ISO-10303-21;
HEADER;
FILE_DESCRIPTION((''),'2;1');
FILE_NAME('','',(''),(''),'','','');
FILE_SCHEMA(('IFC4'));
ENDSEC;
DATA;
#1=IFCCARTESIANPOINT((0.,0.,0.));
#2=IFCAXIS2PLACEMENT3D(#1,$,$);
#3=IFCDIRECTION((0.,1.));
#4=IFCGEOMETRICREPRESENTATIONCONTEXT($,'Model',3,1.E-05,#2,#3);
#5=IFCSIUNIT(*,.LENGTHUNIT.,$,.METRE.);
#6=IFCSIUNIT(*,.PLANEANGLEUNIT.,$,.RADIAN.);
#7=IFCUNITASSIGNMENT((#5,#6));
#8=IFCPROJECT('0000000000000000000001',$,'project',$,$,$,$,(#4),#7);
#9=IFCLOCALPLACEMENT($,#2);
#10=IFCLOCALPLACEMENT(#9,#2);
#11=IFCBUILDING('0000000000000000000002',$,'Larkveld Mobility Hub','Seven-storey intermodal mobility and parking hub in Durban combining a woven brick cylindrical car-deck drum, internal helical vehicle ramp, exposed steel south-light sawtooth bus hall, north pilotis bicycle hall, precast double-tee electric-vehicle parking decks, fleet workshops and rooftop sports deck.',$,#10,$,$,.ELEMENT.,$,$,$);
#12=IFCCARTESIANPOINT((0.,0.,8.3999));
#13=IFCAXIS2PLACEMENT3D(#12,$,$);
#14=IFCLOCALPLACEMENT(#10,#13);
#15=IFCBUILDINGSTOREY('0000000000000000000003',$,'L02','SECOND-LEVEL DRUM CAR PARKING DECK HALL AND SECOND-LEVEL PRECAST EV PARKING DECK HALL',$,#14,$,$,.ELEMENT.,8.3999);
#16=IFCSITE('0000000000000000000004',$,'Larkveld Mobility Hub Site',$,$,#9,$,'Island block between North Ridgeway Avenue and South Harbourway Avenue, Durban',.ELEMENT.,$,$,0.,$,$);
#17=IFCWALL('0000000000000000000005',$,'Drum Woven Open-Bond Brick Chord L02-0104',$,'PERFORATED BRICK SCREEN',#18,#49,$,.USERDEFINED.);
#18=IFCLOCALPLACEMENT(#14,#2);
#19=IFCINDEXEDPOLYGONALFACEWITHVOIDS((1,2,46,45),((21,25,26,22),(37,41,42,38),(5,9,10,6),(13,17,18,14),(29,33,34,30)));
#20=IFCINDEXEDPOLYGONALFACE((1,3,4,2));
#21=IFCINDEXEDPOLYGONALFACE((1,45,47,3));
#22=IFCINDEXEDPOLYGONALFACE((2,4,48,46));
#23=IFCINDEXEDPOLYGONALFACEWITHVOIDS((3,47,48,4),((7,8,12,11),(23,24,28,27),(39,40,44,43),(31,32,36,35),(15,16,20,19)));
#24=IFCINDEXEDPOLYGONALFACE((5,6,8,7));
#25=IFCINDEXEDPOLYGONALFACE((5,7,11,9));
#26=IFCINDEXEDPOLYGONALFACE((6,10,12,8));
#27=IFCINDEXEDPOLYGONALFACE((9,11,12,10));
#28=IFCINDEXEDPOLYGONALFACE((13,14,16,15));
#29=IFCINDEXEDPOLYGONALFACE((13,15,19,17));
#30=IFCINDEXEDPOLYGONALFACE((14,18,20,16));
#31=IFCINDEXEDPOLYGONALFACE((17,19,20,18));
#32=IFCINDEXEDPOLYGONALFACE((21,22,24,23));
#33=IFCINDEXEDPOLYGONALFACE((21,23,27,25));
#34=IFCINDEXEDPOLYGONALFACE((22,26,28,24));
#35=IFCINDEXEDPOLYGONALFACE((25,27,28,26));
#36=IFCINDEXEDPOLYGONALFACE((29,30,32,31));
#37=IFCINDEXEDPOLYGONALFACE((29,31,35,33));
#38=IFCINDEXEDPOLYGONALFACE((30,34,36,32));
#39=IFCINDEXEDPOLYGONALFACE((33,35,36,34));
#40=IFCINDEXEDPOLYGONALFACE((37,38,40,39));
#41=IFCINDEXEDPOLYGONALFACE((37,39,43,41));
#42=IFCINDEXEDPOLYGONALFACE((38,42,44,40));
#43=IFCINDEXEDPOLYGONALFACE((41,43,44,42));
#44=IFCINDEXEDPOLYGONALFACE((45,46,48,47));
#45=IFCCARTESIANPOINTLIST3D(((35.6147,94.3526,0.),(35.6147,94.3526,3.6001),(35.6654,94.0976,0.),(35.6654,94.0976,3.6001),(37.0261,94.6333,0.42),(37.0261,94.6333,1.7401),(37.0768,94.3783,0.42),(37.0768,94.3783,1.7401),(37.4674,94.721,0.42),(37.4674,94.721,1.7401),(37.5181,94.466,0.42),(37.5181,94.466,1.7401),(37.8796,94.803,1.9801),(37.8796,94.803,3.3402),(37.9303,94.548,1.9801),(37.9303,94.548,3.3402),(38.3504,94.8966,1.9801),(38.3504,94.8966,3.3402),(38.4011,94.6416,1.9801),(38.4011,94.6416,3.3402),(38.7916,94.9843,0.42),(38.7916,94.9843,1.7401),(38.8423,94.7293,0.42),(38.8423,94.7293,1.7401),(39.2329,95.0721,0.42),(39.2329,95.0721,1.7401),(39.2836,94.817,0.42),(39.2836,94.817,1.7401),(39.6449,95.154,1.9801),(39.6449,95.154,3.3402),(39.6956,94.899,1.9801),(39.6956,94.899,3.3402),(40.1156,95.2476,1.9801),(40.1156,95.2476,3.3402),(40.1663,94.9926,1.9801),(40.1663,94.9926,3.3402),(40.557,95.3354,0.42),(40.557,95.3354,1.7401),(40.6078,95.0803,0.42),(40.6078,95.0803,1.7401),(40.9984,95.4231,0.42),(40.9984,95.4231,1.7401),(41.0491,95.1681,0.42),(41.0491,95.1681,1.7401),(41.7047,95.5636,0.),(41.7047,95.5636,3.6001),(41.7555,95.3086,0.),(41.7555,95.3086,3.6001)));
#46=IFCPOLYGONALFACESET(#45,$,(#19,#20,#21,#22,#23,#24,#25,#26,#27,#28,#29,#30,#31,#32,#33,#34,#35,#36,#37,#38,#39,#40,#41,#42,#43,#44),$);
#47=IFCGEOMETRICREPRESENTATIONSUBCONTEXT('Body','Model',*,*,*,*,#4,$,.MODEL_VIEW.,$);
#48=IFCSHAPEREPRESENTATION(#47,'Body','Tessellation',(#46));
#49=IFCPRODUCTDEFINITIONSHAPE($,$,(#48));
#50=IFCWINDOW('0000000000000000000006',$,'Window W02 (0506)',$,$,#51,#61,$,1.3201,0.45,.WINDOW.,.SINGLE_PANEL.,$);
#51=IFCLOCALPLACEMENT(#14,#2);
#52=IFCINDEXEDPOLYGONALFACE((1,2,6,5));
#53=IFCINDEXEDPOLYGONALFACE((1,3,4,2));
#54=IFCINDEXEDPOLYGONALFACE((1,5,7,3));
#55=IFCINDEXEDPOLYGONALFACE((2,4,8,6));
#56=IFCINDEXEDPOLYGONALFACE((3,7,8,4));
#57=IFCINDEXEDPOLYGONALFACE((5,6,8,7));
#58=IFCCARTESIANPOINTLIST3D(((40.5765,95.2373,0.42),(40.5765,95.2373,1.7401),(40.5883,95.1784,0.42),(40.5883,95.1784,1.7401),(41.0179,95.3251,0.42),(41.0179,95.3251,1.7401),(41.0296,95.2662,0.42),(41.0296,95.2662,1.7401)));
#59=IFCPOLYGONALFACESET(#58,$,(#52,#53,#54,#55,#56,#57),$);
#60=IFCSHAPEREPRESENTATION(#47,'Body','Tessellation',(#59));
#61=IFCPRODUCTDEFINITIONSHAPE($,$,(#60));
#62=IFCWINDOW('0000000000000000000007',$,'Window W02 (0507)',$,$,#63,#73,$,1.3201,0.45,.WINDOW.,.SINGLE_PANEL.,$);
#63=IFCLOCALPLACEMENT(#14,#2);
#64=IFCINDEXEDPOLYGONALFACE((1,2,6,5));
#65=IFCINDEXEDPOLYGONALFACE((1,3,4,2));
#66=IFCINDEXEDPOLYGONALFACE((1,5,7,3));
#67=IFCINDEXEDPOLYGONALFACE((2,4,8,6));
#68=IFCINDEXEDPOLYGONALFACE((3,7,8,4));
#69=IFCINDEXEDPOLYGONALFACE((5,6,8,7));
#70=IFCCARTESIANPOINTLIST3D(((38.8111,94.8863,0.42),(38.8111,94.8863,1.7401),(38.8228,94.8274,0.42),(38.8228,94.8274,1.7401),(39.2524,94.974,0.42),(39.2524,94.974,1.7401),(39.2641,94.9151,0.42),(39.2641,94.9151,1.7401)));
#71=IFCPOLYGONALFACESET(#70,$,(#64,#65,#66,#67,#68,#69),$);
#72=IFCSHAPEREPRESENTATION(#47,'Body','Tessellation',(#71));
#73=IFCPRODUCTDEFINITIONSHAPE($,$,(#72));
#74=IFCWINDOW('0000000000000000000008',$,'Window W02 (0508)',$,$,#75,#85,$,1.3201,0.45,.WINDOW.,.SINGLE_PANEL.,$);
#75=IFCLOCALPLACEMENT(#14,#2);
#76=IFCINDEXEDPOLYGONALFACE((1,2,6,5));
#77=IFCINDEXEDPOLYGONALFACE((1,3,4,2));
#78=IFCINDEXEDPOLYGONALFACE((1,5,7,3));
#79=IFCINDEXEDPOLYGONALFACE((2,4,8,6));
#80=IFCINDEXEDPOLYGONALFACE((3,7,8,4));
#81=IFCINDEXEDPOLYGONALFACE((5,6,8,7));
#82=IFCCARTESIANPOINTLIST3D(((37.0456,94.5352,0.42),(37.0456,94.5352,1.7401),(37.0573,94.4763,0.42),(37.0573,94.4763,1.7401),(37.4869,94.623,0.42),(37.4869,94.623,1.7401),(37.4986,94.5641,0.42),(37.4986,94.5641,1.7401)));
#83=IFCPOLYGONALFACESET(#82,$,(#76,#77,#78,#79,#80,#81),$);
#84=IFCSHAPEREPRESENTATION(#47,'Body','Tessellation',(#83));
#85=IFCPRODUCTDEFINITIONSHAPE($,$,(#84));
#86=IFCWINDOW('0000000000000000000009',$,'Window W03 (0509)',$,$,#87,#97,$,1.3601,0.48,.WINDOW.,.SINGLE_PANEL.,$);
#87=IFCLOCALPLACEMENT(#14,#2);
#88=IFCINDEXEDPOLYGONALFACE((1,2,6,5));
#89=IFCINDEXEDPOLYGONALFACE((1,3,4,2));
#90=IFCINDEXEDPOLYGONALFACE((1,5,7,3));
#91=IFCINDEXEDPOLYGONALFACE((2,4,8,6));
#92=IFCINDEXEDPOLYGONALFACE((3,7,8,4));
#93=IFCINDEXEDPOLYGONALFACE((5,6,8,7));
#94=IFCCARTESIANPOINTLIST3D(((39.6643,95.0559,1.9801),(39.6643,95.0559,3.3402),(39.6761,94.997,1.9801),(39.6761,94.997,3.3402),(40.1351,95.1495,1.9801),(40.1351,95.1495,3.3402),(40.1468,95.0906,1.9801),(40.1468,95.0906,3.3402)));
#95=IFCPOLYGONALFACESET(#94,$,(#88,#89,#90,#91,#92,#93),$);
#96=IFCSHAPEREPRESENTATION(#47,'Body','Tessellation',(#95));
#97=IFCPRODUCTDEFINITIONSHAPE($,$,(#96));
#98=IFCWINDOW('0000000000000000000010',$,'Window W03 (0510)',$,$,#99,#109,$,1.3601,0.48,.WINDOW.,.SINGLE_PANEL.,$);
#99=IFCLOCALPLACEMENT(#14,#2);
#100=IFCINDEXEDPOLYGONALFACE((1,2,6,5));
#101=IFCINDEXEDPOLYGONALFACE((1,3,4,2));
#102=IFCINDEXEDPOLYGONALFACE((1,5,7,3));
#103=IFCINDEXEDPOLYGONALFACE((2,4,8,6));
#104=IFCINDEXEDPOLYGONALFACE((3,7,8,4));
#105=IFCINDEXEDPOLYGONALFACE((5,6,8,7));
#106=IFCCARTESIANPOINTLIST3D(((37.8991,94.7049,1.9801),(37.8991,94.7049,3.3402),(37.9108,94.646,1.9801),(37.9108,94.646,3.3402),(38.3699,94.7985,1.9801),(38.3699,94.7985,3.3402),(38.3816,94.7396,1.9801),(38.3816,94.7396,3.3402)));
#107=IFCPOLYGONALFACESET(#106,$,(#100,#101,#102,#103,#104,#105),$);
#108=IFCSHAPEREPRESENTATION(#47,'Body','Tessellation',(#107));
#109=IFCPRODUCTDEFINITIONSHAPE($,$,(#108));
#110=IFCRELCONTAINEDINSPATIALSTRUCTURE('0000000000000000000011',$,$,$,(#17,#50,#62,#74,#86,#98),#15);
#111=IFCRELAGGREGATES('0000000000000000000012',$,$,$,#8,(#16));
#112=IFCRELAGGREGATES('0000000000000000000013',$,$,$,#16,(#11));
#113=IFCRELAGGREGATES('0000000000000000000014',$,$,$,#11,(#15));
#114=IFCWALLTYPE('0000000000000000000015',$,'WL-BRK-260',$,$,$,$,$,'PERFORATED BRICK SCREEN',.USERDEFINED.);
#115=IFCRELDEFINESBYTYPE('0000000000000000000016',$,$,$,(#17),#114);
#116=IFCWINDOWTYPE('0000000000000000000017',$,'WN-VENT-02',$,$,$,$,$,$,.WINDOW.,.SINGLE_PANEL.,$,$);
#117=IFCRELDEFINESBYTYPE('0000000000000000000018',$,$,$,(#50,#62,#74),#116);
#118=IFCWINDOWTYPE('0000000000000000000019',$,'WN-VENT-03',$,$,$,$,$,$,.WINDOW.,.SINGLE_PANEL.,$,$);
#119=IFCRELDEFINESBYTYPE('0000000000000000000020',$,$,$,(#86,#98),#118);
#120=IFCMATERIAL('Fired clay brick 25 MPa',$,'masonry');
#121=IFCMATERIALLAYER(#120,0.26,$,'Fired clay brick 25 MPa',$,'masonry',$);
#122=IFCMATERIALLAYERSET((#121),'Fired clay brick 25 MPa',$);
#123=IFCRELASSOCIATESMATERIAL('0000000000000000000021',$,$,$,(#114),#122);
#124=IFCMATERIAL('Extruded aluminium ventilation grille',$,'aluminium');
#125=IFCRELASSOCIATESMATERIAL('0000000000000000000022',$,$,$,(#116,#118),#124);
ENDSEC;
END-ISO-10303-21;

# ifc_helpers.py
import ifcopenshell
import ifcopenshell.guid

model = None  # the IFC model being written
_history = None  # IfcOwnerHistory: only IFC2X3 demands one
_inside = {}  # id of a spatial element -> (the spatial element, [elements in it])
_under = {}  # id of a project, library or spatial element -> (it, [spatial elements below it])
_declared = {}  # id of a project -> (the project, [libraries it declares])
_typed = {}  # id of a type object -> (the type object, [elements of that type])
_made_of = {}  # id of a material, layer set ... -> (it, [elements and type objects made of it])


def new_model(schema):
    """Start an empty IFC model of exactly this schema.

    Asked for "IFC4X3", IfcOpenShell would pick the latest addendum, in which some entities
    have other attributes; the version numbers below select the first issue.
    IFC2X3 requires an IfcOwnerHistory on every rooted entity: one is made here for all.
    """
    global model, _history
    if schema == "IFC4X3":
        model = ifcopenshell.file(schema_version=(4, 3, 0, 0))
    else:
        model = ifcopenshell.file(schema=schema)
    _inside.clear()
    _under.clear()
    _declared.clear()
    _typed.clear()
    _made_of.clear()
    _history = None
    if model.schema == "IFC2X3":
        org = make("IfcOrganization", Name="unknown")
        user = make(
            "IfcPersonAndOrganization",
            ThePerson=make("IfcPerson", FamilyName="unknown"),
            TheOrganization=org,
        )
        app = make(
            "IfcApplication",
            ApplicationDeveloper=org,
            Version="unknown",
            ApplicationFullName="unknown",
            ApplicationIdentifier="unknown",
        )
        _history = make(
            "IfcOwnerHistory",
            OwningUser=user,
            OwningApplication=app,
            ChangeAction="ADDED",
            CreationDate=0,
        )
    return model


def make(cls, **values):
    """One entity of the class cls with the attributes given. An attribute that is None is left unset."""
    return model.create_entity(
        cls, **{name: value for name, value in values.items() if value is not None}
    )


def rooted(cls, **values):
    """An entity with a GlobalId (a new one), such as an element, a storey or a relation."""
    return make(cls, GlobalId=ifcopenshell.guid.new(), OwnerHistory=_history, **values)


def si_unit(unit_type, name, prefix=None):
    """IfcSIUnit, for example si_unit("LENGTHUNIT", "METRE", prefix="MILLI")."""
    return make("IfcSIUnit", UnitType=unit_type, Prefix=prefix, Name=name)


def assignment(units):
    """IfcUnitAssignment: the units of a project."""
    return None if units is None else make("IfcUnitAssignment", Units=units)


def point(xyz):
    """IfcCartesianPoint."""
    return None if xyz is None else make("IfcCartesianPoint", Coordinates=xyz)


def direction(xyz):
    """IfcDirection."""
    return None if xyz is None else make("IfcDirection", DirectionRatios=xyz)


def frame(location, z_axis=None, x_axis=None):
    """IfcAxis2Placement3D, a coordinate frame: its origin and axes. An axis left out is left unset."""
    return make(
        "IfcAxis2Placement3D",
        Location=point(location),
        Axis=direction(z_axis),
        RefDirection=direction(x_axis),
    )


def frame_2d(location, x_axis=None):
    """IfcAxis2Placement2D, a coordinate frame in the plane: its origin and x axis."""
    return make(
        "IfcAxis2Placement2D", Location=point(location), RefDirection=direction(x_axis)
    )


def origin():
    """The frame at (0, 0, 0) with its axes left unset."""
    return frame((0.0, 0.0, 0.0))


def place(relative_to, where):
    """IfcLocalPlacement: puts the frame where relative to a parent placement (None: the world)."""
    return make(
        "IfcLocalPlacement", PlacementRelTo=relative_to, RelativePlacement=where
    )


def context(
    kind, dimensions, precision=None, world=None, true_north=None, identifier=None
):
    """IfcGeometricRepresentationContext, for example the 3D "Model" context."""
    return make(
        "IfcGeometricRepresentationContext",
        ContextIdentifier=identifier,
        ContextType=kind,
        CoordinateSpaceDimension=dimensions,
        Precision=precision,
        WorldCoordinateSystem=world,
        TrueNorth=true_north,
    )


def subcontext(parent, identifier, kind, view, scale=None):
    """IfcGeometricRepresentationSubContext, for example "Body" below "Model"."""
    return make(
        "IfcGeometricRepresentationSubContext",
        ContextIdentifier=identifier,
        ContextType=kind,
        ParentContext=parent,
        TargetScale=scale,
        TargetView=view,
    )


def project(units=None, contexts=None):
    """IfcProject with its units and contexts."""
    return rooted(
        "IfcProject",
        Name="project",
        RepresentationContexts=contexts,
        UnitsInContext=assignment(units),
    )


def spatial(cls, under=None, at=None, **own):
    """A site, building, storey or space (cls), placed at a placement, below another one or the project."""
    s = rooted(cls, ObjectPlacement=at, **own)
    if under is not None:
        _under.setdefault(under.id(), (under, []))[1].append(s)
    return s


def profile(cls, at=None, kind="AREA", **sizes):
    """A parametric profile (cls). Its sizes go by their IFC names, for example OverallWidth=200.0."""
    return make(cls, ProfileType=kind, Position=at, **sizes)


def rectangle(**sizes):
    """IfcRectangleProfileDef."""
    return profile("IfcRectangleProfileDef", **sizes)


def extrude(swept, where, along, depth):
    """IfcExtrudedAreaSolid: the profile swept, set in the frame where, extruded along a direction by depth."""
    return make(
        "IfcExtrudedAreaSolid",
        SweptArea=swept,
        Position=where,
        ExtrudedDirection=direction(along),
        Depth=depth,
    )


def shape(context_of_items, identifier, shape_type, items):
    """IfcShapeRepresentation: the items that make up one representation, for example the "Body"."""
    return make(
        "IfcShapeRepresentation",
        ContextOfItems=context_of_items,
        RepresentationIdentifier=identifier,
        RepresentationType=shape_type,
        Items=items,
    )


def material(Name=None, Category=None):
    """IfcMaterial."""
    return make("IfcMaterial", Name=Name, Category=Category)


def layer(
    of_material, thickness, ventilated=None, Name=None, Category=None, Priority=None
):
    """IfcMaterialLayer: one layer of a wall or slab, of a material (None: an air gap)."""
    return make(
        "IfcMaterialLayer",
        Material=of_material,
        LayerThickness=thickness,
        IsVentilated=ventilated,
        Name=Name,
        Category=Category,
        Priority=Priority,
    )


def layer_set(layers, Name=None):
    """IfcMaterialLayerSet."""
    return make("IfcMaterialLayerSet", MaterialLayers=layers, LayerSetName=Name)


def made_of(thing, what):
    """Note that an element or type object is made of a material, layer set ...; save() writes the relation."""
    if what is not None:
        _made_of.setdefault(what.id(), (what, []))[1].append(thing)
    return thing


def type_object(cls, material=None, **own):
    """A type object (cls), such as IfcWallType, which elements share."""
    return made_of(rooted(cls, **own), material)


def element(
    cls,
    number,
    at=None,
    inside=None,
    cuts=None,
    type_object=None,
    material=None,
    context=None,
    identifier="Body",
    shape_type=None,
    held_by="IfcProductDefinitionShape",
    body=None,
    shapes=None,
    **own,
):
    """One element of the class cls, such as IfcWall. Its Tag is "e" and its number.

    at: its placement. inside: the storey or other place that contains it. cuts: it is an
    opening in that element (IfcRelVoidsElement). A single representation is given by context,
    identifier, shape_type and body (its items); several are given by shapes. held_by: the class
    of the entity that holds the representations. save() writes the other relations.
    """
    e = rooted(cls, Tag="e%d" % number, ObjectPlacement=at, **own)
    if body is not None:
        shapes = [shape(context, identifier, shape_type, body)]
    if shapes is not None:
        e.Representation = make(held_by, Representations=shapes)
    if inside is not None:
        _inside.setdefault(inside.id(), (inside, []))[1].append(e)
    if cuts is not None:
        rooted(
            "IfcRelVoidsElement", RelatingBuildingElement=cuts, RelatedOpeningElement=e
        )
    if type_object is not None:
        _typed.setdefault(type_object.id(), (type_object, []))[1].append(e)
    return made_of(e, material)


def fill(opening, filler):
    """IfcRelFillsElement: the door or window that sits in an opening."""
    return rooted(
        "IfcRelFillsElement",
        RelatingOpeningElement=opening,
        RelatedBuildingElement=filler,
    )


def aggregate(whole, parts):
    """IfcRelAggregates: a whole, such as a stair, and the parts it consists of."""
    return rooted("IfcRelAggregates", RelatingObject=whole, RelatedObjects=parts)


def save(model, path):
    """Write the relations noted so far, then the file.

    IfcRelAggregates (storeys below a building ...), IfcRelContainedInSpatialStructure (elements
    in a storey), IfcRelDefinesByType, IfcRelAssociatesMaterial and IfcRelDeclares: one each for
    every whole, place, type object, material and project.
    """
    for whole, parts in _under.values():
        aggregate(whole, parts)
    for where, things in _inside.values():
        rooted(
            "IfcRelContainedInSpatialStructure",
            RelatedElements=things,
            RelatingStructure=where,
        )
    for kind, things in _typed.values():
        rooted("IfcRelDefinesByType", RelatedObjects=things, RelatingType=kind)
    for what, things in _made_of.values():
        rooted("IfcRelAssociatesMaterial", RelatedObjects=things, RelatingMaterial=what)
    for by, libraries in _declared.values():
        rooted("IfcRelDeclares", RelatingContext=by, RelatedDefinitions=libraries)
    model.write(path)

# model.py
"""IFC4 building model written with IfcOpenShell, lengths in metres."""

from ifc_helpers import new_model, si_unit, direction, frame, frame_2d, origin, place, context, subcontext, project, spatial, rectangle, extrude, material, layer, layer_set, type_object, element, fill, save


model = new_model("IFC4")

# Units and contexts
model_context = context("Model", 3, precision=1e-05, world=origin(), true_north=direction((0.0, 1.0)))
body_context = subcontext(model_context, "Body", "Model", "MODEL_VIEW")
ifc_project = project(units=[si_unit("LENGTHUNIT", "METRE"), si_unit("PLANEANGLEUNIT", "RADIAN")], contexts=[model_context])

# Site, building, storey
site_placement = place(None, origin())
site = spatial("IfcSite", under=ifc_project, at=site_placement, Name="Larkveld Mobility Hub Site", LongName="Island block between North Ridgeway Avenue and South Harbourway Avenue, Durban", CompositionType="ELEMENT", RefElevation=0.0)
building_placement = place(site_placement, origin())
building = spatial("IfcBuilding", under=site, at=building_placement, Name="Larkveld Mobility Hub", Description="Seven-storey intermodal mobility and parking hub in Durban combining a woven brick cylindrical car-deck drum, internal helical vehicle ramp, exposed steel south-light sawtooth bus hall, north pilotis bicycle hall, precast double-tee electric-vehicle parking decks, fleet workshops and rooftop sports deck.", CompositionType="ELEMENT")
storey_placement = place(building_placement, frame((0.0, 0.0, 8.3999)))
storey = spatial("IfcBuildingStorey", under=building, at=storey_placement, Name="L02", Description="SECOND-LEVEL DRUM CAR PARKING DECK HALL AND SECOND-LEVEL PRECAST EV PARKING DECK HALL", CompositionType="ELEMENT", Elevation=8.3999)

# Wall, openings, windows
ifc_material_1 = material(Name="Fired clay brick 25 MPa", Category="masonry")
ifc_layer_1 = layer(ifc_material_1, 0.26, Name="Fired clay brick 25 MPa", Category="masonry")
ifc_layer_set_1 = layer_set([ifc_layer_1], Name="Fired clay brick 25 MPa")
wall_type_1 = type_object("IfcWallType", Name="WL-BRK-260", ElementType="PERFORATED BRICK SCREEN", PredefinedType="USERDEFINED", material=ifc_layer_set_1)
wall_1_placement = place(storey_placement, frame((41.73, 95.436, 0.0), z_axis=(0.0, 0.0, 1.0), x_axis=(-0.980799, -0.19502, 0.0)))
wall_1 = element("IfcWall", 1, at=wall_1_placement, inside=storey, type_object=wall_type_1, Name="Drum Woven Open-Bond Brick Chord L02-0104", ObjectType="PERFORATED BRICK SCREEN", PredefinedType="USERDEFINED", context=body_context, shape_type="SweptSolid", body=[
    extrude(rectangle(XDim=6.2092, YDim=0.26, at=frame_2d((3.1045, 0.0))), origin(), (0.0, 0.0, 1.0), 3.6001),
])
opening_1_placement = place(wall_1_placement, frame((0.72, 0.0, 0.4199)))
opening_1 = element("IfcOpeningElement", 2, at=opening_1_placement, cuts=wall_1, PredefinedType="OPENING", context=body_context, shape_type="SweptSolid", body=[
    extrude(rectangle(XDim=0.45, YDim=1.3201, at=frame_2d((0.2251, 0.6602))), frame((0.0, 0.1401, 0.0), z_axis=(0.0, -1.0, 0.0), x_axis=(1.0, 0.0, 0.0)), (0.0, 0.0, 1.0), 0.28),
])
opening_2_placement = place(wall_1_placement, frame((2.52, 0.0, 0.4199)))
opening_2 = element("IfcOpeningElement", 3, at=opening_2_placement, cuts=wall_1, PredefinedType="OPENING", context=body_context, shape_type="SweptSolid", body=[
    extrude(rectangle(XDim=0.45, YDim=1.3201, at=frame_2d((0.2251, 0.6602))), frame((0.0, 0.1401, 0.0), z_axis=(0.0, -1.0, 0.0), x_axis=(1.0, 0.0, 0.0)), (0.0, 0.0, 1.0), 0.28),
])
opening_3_placement = place(wall_1_placement, frame((4.3201, 0.0, 0.4199)))
opening_3 = element("IfcOpeningElement", 4, at=opening_3_placement, cuts=wall_1, PredefinedType="OPENING", context=body_context, shape_type="SweptSolid", body=[
    extrude(rectangle(XDim=0.45, YDim=1.3201, at=frame_2d((0.2251, 0.6602))), frame((0.0, 0.1401, 0.0), z_axis=(0.0, -1.0, 0.0), x_axis=(1.0, 0.0, 0.0)), (0.0, 0.0, 1.0), 0.28),
])
opening_4_placement = place(wall_1_placement, frame((1.6201, 0.0, 1.98)))
opening_4 = element("IfcOpeningElement", 5, at=opening_4_placement, cuts=wall_1, PredefinedType="OPENING", context=body_context, shape_type="SweptSolid", body=[
    extrude(rectangle(XDim=0.48, YDim=1.3601, at=frame_2d((0.24, 0.6802))), frame((0.0, 0.1401, 0.0), z_axis=(0.0, -1.0, 0.0), x_axis=(1.0, 0.0, 0.0)), (0.0, 0.0, 1.0), 0.28),
])
opening_5_placement = place(wall_1_placement, frame((3.4199, 0.0, 1.98)))
opening_5 = element("IfcOpeningElement", 6, at=opening_5_placement, cuts=wall_1, PredefinedType="OPENING", context=body_context, shape_type="SweptSolid", body=[
    extrude(rectangle(XDim=0.48, YDim=1.3601, at=frame_2d((0.24, 0.6802))), frame((0.0, 0.1401, 0.0), z_axis=(0.0, -1.0, 0.0), x_axis=(1.0, 0.0, 0.0)), (0.0, 0.0, 1.0), 0.28),
])
ifc_material_2 = material(Name="Extruded aluminium ventilation grille", Category="aluminium")
window_type_1 = type_object("IfcWindowType", Name="WN-VENT-02", PartitioningType="SINGLE_PANEL", PredefinedType="WINDOW", material=ifc_material_2)
window_1_placement = place(opening_1_placement, origin())
window_1 = element("IfcWindow", 7, at=window_1_placement, inside=storey, type_object=window_type_1, Name="Window W02 (0506)", OverallHeight=1.3201, OverallWidth=0.45, PartitioningType="SINGLE_PANEL", PredefinedType="WINDOW", context=body_context, shape_type="SweptSolid", body=[
    extrude(rectangle(XDim=0.45, YDim=1.3201, at=frame_2d((0.2251, 0.6602))), frame((0.0, 0.03, 0.0), z_axis=(0.0, -1.0, 0.0), x_axis=(1.0, 0.0, 0.0)), (0.0, 0.0, 1.0), 0.0601),
])
fill(opening_1, window_1)
window_2_placement = place(opening_2_placement, origin())
window_2 = element("IfcWindow", 8, at=window_2_placement, inside=storey, type_object=window_type_1, Name="Window W02 (0507)", OverallHeight=1.3201, OverallWidth=0.45, PartitioningType="SINGLE_PANEL", PredefinedType="WINDOW", context=body_context, shape_type="SweptSolid", body=[
    extrude(rectangle(XDim=0.45, YDim=1.3201, at=frame_2d((0.2251, 0.6602))), frame((0.0, 0.03, 0.0), z_axis=(0.0, -1.0, 0.0), x_axis=(1.0, 0.0, 0.0)), (0.0, 0.0, 1.0), 0.0601),
])
fill(opening_2, window_2)
window_3_placement = place(opening_3_placement, origin())
window_3 = element("IfcWindow", 9, at=window_3_placement, inside=storey, type_object=window_type_1, Name="Window W02 (0508)", OverallHeight=1.3201, OverallWidth=0.45, PartitioningType="SINGLE_PANEL", PredefinedType="WINDOW", context=body_context, shape_type="SweptSolid", body=[
    extrude(rectangle(XDim=0.45, YDim=1.3201, at=frame_2d((0.2251, 0.6602))), frame((0.0, 0.03, 0.0), z_axis=(0.0, -1.0, 0.0), x_axis=(1.0, 0.0, 0.0)), (0.0, 0.0, 1.0), 0.0601),
])
fill(opening_3, window_3)
window_type_2 = type_object("IfcWindowType", Name="WN-VENT-03", PartitioningType="SINGLE_PANEL", PredefinedType="WINDOW", material=ifc_material_2)
window_4_placement = place(opening_4_placement, origin())
window_4 = element("IfcWindow", 10, at=window_4_placement, inside=storey, type_object=window_type_2, Name="Window W03 (0509)", OverallHeight=1.3601, OverallWidth=0.48, PartitioningType="SINGLE_PANEL", PredefinedType="WINDOW", context=body_context, shape_type="SweptSolid", body=[
    extrude(rectangle(XDim=0.48, YDim=1.3601, at=frame_2d((0.24, 0.6802))), frame((0.0, 0.03, 0.0), z_axis=(0.0, -1.0, 0.0), x_axis=(1.0, 0.0, 0.0)), (0.0, 0.0, 1.0), 0.0601),
])
fill(opening_4, window_4)
window_5_placement = place(opening_5_placement, origin())
window_5 = element("IfcWindow", 11, at=window_5_placement, inside=storey, type_object=window_type_2, Name="Window W03 (0510)", OverallHeight=1.3601, OverallWidth=0.48, PartitioningType="SINGLE_PANEL", PredefinedType="WINDOW", context=body_context, shape_type="SweptSolid", body=[
    extrude(rectangle(XDim=0.48, YDim=1.3601, at=frame_2d((0.24, 0.6802))), frame((0.0, 0.03, 0.0), z_axis=(0.0, -1.0, 0.0), x_axis=(1.0, 0.0, 0.0)), (0.0, 0.0, 1.0), 0.0601),
])
fill(opening_5, window_5)

save(model, "model.ifc")
